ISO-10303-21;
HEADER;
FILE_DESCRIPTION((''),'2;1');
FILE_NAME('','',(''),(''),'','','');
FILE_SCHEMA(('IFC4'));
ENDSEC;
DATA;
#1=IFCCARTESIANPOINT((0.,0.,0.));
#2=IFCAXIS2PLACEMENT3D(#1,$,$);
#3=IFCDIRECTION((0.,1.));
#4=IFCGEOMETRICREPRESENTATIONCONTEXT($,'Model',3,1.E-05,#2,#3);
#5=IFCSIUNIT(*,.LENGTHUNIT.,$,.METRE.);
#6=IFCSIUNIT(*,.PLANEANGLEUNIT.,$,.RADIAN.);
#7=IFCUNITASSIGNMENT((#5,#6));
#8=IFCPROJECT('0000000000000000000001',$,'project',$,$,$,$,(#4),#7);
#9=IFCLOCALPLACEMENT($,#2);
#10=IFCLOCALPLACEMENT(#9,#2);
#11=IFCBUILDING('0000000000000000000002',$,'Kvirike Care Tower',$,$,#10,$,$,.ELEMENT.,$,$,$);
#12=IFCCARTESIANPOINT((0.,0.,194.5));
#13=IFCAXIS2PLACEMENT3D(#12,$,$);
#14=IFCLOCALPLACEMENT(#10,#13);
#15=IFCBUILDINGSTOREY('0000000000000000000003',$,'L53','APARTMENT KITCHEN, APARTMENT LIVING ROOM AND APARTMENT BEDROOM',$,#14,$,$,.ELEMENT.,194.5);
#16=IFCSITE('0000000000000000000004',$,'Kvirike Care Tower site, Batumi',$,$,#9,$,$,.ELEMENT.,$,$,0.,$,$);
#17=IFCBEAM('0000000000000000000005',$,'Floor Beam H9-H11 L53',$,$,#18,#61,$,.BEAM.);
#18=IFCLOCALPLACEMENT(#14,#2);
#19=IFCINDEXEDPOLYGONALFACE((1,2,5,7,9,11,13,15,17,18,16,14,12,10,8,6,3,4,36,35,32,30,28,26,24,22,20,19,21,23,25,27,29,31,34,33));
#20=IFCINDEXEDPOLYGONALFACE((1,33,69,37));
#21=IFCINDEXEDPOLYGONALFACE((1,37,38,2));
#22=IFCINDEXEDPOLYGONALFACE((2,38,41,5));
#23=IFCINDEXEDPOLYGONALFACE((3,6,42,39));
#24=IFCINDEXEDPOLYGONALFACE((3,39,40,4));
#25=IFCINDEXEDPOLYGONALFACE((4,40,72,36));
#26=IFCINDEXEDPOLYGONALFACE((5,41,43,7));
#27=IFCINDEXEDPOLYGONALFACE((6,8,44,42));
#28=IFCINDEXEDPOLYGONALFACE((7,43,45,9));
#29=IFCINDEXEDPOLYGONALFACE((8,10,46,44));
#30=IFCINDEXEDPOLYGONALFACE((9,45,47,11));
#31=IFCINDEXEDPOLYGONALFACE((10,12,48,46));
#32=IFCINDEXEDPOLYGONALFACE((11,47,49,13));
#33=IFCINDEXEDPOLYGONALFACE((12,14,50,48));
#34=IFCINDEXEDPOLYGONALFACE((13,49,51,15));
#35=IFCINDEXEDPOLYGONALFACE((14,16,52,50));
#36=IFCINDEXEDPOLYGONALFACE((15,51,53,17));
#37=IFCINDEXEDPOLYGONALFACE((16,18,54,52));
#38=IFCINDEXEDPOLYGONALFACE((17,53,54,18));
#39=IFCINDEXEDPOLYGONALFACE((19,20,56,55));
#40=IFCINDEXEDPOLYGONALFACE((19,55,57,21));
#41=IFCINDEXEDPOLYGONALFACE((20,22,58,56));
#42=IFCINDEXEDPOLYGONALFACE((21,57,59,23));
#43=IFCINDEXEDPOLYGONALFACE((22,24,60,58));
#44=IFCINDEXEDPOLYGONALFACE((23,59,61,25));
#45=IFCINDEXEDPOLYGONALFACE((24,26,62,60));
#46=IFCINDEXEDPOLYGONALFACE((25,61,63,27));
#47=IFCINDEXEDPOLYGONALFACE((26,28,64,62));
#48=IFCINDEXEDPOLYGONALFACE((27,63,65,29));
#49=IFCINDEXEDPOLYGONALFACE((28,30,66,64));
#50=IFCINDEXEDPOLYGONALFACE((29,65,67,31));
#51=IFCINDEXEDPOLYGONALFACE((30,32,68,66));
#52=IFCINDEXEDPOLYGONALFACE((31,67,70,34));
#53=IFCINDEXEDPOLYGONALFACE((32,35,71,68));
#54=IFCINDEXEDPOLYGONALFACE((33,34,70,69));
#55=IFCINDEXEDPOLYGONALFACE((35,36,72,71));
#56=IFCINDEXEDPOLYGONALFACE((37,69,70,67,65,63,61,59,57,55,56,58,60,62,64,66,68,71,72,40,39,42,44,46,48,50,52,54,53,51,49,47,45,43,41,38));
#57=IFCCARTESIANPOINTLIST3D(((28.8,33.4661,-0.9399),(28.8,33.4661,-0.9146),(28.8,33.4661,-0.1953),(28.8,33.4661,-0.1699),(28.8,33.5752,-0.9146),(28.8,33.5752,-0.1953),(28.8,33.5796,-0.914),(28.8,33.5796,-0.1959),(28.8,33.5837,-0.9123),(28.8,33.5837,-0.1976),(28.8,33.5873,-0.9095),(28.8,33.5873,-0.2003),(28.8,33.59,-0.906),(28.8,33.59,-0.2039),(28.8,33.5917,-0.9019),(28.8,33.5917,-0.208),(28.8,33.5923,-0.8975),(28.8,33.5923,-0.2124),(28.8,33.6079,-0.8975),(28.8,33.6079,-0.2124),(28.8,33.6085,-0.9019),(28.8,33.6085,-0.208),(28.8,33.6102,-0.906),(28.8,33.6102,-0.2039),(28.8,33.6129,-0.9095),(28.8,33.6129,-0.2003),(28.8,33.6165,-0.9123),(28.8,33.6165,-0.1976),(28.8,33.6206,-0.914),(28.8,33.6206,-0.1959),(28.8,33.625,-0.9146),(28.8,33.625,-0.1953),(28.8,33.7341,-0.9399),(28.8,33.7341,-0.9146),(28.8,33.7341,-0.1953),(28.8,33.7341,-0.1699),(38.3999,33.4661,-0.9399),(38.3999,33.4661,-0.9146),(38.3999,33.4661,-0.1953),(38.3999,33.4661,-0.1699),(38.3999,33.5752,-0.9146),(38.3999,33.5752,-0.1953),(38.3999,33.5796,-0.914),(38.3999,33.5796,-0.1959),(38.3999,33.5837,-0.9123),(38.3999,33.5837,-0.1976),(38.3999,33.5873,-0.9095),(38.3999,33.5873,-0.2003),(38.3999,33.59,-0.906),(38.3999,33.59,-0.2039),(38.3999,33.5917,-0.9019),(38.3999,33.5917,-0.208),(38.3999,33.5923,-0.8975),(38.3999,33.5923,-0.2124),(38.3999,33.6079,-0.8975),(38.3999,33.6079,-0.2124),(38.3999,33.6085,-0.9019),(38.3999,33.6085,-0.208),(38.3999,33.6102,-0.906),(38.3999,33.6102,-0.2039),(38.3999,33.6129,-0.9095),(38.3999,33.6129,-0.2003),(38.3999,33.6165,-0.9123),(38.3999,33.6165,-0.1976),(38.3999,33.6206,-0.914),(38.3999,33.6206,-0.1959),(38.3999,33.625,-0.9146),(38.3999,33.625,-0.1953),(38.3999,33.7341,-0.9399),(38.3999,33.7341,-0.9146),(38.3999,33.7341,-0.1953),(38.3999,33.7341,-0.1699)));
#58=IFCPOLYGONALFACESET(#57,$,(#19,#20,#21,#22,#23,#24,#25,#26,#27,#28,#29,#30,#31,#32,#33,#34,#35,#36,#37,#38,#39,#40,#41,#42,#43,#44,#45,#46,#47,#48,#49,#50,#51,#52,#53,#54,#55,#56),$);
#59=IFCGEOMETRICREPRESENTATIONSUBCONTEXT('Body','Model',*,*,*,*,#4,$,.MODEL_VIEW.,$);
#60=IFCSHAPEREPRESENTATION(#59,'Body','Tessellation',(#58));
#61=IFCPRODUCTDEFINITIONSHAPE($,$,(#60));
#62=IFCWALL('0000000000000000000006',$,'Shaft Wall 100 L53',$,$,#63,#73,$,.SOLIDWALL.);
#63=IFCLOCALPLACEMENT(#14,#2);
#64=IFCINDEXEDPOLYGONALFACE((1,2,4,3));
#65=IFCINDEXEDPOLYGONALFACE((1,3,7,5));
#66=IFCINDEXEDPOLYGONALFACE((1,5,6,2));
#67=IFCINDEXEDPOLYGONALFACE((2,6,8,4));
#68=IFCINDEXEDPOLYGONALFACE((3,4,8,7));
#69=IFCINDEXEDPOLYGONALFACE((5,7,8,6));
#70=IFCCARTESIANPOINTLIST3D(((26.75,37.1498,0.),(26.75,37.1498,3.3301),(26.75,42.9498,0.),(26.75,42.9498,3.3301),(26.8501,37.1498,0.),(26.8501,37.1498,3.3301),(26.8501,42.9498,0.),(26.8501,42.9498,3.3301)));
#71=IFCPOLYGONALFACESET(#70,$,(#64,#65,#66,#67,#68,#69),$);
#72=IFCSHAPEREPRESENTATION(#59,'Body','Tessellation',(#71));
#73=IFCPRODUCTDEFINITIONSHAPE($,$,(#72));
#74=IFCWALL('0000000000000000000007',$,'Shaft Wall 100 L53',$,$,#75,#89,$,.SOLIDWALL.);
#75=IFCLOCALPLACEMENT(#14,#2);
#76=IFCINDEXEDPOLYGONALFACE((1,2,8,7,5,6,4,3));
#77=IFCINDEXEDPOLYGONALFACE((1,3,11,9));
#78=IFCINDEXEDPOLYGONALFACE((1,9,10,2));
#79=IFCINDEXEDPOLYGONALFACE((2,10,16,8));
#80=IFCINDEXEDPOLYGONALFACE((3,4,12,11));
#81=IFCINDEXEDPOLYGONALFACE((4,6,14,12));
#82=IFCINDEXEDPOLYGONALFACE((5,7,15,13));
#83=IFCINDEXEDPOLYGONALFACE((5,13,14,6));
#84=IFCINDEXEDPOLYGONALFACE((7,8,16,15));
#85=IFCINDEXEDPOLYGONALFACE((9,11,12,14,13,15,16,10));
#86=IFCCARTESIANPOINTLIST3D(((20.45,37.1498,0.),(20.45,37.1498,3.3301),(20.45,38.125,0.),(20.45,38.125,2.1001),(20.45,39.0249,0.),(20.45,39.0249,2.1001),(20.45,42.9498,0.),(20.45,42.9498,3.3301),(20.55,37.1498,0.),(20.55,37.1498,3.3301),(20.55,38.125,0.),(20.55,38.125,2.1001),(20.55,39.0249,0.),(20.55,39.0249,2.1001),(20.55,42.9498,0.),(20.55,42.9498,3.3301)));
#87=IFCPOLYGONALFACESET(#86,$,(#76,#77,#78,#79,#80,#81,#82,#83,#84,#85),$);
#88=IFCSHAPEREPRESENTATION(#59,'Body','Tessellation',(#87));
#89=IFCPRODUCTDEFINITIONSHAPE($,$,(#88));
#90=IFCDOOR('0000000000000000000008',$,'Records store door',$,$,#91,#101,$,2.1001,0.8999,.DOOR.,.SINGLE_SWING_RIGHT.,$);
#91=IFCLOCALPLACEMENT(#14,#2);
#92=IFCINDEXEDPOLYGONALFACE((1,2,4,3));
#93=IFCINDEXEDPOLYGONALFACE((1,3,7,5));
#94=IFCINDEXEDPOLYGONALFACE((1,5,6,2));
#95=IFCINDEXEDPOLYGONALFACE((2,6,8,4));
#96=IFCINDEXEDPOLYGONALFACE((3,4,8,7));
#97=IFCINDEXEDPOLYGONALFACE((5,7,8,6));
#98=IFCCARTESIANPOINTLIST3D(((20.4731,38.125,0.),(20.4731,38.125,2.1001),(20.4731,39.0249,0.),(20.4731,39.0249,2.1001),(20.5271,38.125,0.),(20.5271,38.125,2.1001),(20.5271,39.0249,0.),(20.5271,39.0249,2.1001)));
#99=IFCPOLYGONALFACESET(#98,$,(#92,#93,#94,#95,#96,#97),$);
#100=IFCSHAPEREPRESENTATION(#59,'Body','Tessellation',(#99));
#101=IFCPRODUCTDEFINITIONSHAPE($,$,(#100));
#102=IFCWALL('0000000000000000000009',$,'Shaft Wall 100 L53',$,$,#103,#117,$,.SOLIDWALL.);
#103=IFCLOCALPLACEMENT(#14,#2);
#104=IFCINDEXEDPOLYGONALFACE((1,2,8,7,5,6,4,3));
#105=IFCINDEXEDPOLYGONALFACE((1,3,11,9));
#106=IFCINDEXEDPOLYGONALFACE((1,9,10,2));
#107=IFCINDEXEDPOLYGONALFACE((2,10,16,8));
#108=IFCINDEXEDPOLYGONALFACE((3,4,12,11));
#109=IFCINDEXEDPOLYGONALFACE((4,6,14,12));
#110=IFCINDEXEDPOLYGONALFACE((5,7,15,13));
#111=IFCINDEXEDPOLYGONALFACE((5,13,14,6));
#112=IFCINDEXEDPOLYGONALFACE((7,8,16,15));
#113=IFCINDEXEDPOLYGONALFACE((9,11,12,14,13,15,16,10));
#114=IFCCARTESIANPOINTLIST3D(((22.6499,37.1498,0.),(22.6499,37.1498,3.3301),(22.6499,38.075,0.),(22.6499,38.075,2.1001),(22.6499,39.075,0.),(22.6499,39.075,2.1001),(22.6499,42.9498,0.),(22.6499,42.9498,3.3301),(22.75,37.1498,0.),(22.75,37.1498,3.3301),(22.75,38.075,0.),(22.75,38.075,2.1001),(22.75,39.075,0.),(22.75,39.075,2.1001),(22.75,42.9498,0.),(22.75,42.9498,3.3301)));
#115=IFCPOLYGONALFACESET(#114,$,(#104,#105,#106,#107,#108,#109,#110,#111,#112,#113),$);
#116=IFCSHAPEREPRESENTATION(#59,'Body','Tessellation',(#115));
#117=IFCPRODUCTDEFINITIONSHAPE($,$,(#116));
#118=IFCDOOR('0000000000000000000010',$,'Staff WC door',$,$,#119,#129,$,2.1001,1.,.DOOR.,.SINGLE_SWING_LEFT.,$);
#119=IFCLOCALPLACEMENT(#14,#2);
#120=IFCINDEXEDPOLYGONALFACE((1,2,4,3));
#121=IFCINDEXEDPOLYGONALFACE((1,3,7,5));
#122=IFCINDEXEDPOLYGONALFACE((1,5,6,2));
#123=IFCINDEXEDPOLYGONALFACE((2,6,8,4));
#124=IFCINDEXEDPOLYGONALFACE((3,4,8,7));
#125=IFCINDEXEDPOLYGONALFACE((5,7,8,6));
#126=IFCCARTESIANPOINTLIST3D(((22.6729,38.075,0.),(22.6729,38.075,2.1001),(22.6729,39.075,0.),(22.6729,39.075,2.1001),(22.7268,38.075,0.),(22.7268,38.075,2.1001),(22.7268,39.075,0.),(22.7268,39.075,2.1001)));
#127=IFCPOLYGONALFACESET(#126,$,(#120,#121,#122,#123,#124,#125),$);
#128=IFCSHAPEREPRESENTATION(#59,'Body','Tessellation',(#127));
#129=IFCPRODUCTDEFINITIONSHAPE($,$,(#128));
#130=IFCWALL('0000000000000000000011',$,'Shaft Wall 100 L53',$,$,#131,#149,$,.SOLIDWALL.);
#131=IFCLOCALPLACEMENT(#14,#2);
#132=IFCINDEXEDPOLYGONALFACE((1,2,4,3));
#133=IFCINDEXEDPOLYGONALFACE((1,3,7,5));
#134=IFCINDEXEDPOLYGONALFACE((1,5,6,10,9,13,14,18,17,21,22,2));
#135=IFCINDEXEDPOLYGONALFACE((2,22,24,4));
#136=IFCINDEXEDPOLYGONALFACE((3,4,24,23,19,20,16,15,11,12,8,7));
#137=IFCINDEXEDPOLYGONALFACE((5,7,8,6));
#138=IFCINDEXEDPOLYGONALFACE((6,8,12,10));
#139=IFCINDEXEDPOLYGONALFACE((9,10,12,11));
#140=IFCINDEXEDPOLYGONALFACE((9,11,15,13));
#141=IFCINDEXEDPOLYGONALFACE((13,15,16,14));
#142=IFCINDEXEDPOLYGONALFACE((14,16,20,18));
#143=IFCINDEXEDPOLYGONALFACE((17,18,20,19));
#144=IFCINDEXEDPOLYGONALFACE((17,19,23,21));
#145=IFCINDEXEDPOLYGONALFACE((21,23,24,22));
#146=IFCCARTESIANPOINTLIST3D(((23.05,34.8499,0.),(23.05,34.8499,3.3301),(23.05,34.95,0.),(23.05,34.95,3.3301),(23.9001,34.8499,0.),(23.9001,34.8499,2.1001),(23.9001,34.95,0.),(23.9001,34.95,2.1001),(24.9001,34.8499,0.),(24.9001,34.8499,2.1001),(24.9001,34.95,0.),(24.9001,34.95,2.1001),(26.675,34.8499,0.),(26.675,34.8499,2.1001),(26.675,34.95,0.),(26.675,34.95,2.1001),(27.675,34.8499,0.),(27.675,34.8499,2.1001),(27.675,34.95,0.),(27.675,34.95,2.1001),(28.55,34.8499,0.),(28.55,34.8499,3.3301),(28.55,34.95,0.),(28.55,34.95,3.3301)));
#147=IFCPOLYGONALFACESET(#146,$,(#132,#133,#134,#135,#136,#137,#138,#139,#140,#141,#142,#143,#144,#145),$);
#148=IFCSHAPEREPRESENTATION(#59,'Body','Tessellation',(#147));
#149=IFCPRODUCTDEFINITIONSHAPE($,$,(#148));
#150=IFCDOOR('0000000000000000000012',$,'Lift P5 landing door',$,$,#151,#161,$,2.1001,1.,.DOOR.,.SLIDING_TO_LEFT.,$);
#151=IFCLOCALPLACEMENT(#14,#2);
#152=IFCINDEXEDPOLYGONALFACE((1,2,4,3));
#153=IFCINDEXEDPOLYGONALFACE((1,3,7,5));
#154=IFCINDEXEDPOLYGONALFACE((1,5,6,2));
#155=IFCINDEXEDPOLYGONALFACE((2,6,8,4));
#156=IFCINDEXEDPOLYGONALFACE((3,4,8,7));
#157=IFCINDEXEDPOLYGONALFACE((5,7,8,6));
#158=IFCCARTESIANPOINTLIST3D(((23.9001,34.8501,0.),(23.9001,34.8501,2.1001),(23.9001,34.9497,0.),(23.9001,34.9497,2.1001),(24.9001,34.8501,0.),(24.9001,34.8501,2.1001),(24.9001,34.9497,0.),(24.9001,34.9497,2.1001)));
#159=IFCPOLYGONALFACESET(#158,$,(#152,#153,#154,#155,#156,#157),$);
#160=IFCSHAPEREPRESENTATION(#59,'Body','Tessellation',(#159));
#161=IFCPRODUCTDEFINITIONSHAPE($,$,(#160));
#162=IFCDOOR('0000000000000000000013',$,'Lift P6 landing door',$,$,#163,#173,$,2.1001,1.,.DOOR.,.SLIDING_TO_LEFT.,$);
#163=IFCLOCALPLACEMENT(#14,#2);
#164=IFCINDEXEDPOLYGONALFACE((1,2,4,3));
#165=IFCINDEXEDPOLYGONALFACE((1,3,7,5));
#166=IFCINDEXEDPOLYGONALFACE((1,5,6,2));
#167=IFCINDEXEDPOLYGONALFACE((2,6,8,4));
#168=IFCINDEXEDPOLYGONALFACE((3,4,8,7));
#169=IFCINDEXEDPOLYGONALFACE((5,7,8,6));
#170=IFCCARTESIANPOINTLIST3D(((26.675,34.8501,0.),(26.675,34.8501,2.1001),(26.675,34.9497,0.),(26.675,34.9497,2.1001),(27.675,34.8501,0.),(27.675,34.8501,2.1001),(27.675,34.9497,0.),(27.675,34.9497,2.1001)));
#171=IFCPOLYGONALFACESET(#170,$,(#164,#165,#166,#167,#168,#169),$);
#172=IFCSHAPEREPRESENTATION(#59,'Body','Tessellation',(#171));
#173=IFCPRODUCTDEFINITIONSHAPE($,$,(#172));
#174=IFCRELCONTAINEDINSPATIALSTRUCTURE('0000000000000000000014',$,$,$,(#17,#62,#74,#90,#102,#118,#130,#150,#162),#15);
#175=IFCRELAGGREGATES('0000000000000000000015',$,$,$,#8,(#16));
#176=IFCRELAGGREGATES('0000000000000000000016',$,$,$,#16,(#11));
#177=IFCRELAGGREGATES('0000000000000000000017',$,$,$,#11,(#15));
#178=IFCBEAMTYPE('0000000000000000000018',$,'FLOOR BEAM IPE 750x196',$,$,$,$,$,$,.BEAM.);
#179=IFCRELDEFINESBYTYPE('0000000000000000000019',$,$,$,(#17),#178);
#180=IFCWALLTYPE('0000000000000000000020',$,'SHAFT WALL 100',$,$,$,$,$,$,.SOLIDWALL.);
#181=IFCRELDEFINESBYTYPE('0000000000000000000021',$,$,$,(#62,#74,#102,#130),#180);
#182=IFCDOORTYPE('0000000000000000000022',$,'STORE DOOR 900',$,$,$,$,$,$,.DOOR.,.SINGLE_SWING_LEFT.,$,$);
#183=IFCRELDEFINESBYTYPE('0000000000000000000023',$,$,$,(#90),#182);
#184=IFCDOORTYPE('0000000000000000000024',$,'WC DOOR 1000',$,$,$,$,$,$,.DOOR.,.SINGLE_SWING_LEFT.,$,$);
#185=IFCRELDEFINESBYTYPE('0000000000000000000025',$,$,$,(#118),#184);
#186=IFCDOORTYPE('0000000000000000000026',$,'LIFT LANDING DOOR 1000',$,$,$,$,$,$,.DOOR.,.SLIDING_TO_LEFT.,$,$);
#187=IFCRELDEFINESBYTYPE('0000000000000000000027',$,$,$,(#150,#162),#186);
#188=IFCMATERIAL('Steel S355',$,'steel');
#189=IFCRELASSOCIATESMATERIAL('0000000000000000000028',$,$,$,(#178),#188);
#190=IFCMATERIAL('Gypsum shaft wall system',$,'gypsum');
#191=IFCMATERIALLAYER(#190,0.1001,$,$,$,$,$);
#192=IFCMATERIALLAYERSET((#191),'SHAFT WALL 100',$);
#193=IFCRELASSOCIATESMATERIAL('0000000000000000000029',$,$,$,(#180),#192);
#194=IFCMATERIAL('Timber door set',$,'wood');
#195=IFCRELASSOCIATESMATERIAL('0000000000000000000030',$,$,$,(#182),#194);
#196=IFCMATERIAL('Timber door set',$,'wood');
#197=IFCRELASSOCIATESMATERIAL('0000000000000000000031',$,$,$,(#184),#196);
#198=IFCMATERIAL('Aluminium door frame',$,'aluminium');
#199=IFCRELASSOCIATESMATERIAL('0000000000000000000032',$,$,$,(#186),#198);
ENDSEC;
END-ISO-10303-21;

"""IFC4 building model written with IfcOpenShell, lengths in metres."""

from ifc_helpers import new_model, si_unit, direction, frame, frame_2d, origin, origin_2d, place, context, subcontext, project, spatial, rectangle, i_section, extrude, material, layer, layer_set, material_profile, profile_set, type_object, element, fill, save


model = new_model("IFC4")

# Units and contexts
model_context = context("Model", 3, precision=1e-05, world=origin(), true_north=direction((0.0, 1.0)))
body_context = subcontext(model_context, "Body", "Model", "MODEL_VIEW")
ifc_project = project(units=[si_unit("LENGTHUNIT", "METRE"), si_unit("PLANEANGLEUNIT", "RADIAN")], contexts=[model_context])

# Site, building, storey
site_placement = place(None, origin())
site = spatial("IfcSite", under=ifc_project, at=site_placement, Name="Kvirike Care Tower site, Batumi", CompositionType="ELEMENT", RefElevation=0.0)
building_placement = place(site_placement, origin())
building = spatial("IfcBuilding", under=site, at=building_placement, Name="Kvirike Care Tower", CompositionType="ELEMENT")
storey_placement = place(building_placement, frame((0.0, 0.0, 194.5)))
storey = spatial("IfcBuildingStorey", under=building, at=storey_placement, Name="L53", Description="APARTMENT KITCHEN, APARTMENT LIVING ROOM AND APARTMENT BEDROOM", CompositionType="ELEMENT", Elevation=194.5)

# Beam
ifc_material_1 = material(Name="Steel S355", Category="steel")
ifc_material_profile = material_profile(ifc_material_1, i_section(OverallWidth=0.2681, OverallDepth=0.77, WebThickness=0.0156, FlangeThickness=0.0254, FilletRadius=0.0171, at=origin_2d()), Name="IPE 750x196")
ifc_profile_set = profile_set([ifc_material_profile], Name="Steel S355")
beam_type = type_object("IfcBeamType", Name="FLOOR BEAM IPE 750x196", PredefinedType="BEAM", material=ifc_profile_set)
beam_placement = place(storey_placement, frame((28.8, 33.6001, -0.5549), z_axis=(1.0, 0.0, 0.0), x_axis=(0.0, 1.0, 0.0)))
element("IfcBeam", 1, at=beam_placement, inside=storey, type_object=beam_type, Name="Floor Beam H9-H11 L53", PredefinedType="BEAM", context=body_context, shape_type="SweptSolid", body=[
    extrude(i_section(OverallWidth=0.2681, OverallDepth=0.77, WebThickness=0.0156, FlangeThickness=0.0254, FilletRadius=0.0171, at=origin_2d()), origin(), (0.0, 0.0, 1.0), 9.5999),
])

# Wall
ifc_material_2 = material(Name="Gypsum shaft wall system", Category="gypsum")
ifc_layer = layer(ifc_material_2, 0.1001)
ifc_layer_set = layer_set([ifc_layer], Name="SHAFT WALL 100")
wall_type = type_object("IfcWallType", Name="SHAFT WALL 100", PredefinedType="SOLIDWALL", material=ifc_layer_set)
wall_1_placement = place(storey_placement, frame((26.8, 37.1499, 0.0), z_axis=(0.0, 0.0, 1.0), x_axis=(0.0, 1.0, 0.0)))
element("IfcWall", 2, at=wall_1_placement, inside=storey, type_object=wall_type, Name="Shaft Wall 100 L53", PredefinedType="SOLIDWALL", context=body_context, shape_type="SweptSolid", body=[
    extrude(rectangle(XDim=5.8, YDim=0.1001, at=frame_2d((2.8999, 0.0))), origin(), (0.0, 0.0, 1.0), 3.3301),
])

# Walls, openings, doors
wall_2_placement = place(storey_placement, frame((20.5, 37.1499, 0.0), z_axis=(0.0, 0.0, 1.0), x_axis=(0.0, 1.0, 0.0)))
wall_2 = element("IfcWall", 3, at=wall_2_placement, inside=storey, type_object=wall_type, Name="Shaft Wall 100 L53", PredefinedType="SOLIDWALL", context=body_context, shape_type="SweptSolid", body=[
    extrude(rectangle(XDim=5.8, YDim=0.1001, at=frame_2d((2.8999, 0.0))), origin(), (0.0, 0.0, 1.0), 3.3301),
])
opening_1_placement = place(wall_2_placement, frame((0.9751, 0.0, 0.0)))
opening_1 = element("IfcOpeningElement", 4, at=opening_1_placement, cuts=wall_2, PredefinedType="OPENING", context=body_context, shape_type="SweptSolid", body=[
    extrude(rectangle(XDim=0.8999, YDim=2.1001, at=frame_2d((0.45, 1.05))), frame((0.0, 0.0605, 0.0), z_axis=(0.0, -1.0, 0.0), x_axis=(1.0, 0.0, 0.0)), (0.0, 0.0, 1.0), 0.1211),
])
ifc_material_3 = material(Name="Timber door set", Category="wood")
door_type_1 = type_object("IfcDoorType", Name="STORE DOOR 900", OperationType="SINGLE_SWING_LEFT", PredefinedType="DOOR", material=ifc_material_3)
door_1_placement = place(opening_1_placement, origin())
door_1 = element("IfcDoor", 5, at=door_1_placement, inside=storey, type_object=door_type_1, Name="Records store door", OperationType="SINGLE_SWING_RIGHT", OverallHeight=2.1001, OverallWidth=0.8999, PredefinedType="DOOR", context=body_context, shape_type="SweptSolid", body=[
    extrude(rectangle(XDim=0.8999, YDim=2.1001, at=frame_2d((0.45, 1.05))), frame((0.0, 0.0269, 0.0), z_axis=(0.0, -1.0, 0.0), x_axis=(1.0, 0.0, 0.0)), (0.0, 0.0, 1.0), 0.054),
])
fill(opening_1, door_1)
wall_3_placement = place(storey_placement, frame((22.7, 37.1499, 0.0), z_axis=(0.0, 0.0, 1.0), x_axis=(0.0, 1.0, 0.0)))
wall_3 = element("IfcWall", 6, at=wall_3_placement, inside=storey, type_object=wall_type, Name="Shaft Wall 100 L53", PredefinedType="SOLIDWALL", context=body_context, shape_type="SweptSolid", body=[
    extrude(rectangle(XDim=5.8, YDim=0.1001, at=frame_2d((2.8999, 0.0))), origin(), (0.0, 0.0, 1.0), 3.3301),
])
opening_2_placement = place(wall_3_placement, frame((0.925, 0.0, 0.0)))
opening_2 = element("IfcOpeningElement", 7, at=opening_2_placement, cuts=wall_3, PredefinedType="OPENING", context=body_context, shape_type="SweptSolid", body=[
    extrude(rectangle(XDim=1.0, YDim=2.1001, at=frame_2d((0.5, 1.05))), frame((0.0, 0.0605, 0.0), z_axis=(0.0, -1.0, 0.0), x_axis=(1.0, 0.0, 0.0)), (0.0, 0.0, 1.0), 0.1211),
])
ifc_material_4 = material(Name="Timber door set", Category="wood")
door_type_2 = type_object("IfcDoorType", Name="WC DOOR 1000", OperationType="SINGLE_SWING_LEFT", PredefinedType="DOOR", material=ifc_material_4)
door_2_placement = place(opening_2_placement, frame((1.0, 0.0, 0.0), z_axis=(0.0, 0.0, 1.0), x_axis=(-1.0, 0.0, 0.0)))
door_2 = element("IfcDoor", 8, at=door_2_placement, inside=storey, type_object=door_type_2, Name="Staff WC door", OperationType="SINGLE_SWING_LEFT", OverallHeight=2.1001, OverallWidth=1.0, PredefinedType="DOOR", context=body_context, shape_type="SweptSolid", body=[
    extrude(rectangle(XDim=1.0, YDim=2.1001, at=frame_2d((0.5, 1.05))), frame((0.0, 0.0269, 0.0), z_axis=(0.0, -1.0, 0.0), x_axis=(1.0, 0.0, 0.0)), (0.0, 0.0, 1.0), 0.054),
])
fill(opening_2, door_2)

# Wall, openings, doors
wall_4_placement = place(storey_placement, frame((23.05, 34.8999, 0.0), z_axis=(0.0, 0.0, 1.0), x_axis=(1.0, 0.0, 0.0)))
wall_4 = element("IfcWall", 9, at=wall_4_placement, inside=storey, type_object=wall_type, Name="Shaft Wall 100 L53", PredefinedType="SOLIDWALL", context=body_context, shape_type="SweptSolid", body=[
    extrude(rectangle(XDim=5.5, YDim=0.1001, at=frame_2d((2.75, 0.0))), origin(), (0.0, 0.0, 1.0), 3.3301),
])
opening_3_placement = place(wall_4_placement, frame((0.8501, 0.0, 0.0)))
opening_3 = element("IfcOpeningElement", 10, at=opening_3_placement, cuts=wall_4, PredefinedType="OPENING", context=body_context, shape_type="SweptSolid", body=[
    extrude(rectangle(XDim=1.0, YDim=2.1001, at=frame_2d((0.5, 1.05))), frame((0.0, 0.0605, 0.0), z_axis=(0.0, -1.0, 0.0), x_axis=(1.0, 0.0, 0.0)), (0.0, 0.0, 1.0), 0.1211),
])
opening_4_placement = place(wall_4_placement, frame((3.625, 0.0, 0.0)))
opening_4 = element("IfcOpeningElement", 11, at=opening_4_placement, cuts=wall_4, PredefinedType="OPENING", context=body_context, shape_type="SweptSolid", body=[
    extrude(rectangle(XDim=1.0, YDim=2.1001, at=frame_2d((0.5, 1.05))), frame((0.0, 0.0605, 0.0), z_axis=(0.0, -1.0, 0.0), x_axis=(1.0, 0.0, 0.0)), (0.0, 0.0, 1.0), 0.1211),
])
ifc_material_5 = material(Name="Aluminium door frame", Category="aluminium")
door_type_3 = type_object("IfcDoorType", Name="LIFT LANDING DOOR 1000", OperationType="SLIDING_TO_LEFT", PredefinedType="DOOR", material=ifc_material_5)
door_3_placement = place(opening_3_placement, origin())
door_3 = element("IfcDoor", 12, at=door_3_placement, inside=storey, type_object=door_type_3, Name="Lift P5 landing door", OperationType="SLIDING_TO_LEFT", OverallHeight=2.1001, OverallWidth=1.0, PredefinedType="DOOR", context=body_context, shape_type="SweptSolid", body=[
    extrude(rectangle(XDim=1.0, YDim=2.1001, at=frame_2d((0.5, 1.05))), frame((0.0, 0.0498, 0.0), z_axis=(0.0, -1.0, 0.0), x_axis=(1.0, 0.0, 0.0)), (0.0, 0.0, 1.0), 0.0996),
])
fill(opening_3, door_3)
door_4_placement = place(opening_4_placement, origin())
door_4 = element("IfcDoor", 13, at=door_4_placement, inside=storey, type_object=door_type_3, Name="Lift P6 landing door", OperationType="SLIDING_TO_LEFT", OverallHeight=2.1001, OverallWidth=1.0, PredefinedType="DOOR", context=body_context, shape_type="SweptSolid", body=[
    extrude(rectangle(XDim=1.0, YDim=2.1001, at=frame_2d((0.5, 1.05))), frame((0.0, 0.0498, 0.0), z_axis=(0.0, -1.0, 0.0), x_axis=(1.0, 0.0, 0.0)), (0.0, 0.0, 1.0), 0.0996),
])
fill(opening_4, door_4)

save(model, "model.ifc")
